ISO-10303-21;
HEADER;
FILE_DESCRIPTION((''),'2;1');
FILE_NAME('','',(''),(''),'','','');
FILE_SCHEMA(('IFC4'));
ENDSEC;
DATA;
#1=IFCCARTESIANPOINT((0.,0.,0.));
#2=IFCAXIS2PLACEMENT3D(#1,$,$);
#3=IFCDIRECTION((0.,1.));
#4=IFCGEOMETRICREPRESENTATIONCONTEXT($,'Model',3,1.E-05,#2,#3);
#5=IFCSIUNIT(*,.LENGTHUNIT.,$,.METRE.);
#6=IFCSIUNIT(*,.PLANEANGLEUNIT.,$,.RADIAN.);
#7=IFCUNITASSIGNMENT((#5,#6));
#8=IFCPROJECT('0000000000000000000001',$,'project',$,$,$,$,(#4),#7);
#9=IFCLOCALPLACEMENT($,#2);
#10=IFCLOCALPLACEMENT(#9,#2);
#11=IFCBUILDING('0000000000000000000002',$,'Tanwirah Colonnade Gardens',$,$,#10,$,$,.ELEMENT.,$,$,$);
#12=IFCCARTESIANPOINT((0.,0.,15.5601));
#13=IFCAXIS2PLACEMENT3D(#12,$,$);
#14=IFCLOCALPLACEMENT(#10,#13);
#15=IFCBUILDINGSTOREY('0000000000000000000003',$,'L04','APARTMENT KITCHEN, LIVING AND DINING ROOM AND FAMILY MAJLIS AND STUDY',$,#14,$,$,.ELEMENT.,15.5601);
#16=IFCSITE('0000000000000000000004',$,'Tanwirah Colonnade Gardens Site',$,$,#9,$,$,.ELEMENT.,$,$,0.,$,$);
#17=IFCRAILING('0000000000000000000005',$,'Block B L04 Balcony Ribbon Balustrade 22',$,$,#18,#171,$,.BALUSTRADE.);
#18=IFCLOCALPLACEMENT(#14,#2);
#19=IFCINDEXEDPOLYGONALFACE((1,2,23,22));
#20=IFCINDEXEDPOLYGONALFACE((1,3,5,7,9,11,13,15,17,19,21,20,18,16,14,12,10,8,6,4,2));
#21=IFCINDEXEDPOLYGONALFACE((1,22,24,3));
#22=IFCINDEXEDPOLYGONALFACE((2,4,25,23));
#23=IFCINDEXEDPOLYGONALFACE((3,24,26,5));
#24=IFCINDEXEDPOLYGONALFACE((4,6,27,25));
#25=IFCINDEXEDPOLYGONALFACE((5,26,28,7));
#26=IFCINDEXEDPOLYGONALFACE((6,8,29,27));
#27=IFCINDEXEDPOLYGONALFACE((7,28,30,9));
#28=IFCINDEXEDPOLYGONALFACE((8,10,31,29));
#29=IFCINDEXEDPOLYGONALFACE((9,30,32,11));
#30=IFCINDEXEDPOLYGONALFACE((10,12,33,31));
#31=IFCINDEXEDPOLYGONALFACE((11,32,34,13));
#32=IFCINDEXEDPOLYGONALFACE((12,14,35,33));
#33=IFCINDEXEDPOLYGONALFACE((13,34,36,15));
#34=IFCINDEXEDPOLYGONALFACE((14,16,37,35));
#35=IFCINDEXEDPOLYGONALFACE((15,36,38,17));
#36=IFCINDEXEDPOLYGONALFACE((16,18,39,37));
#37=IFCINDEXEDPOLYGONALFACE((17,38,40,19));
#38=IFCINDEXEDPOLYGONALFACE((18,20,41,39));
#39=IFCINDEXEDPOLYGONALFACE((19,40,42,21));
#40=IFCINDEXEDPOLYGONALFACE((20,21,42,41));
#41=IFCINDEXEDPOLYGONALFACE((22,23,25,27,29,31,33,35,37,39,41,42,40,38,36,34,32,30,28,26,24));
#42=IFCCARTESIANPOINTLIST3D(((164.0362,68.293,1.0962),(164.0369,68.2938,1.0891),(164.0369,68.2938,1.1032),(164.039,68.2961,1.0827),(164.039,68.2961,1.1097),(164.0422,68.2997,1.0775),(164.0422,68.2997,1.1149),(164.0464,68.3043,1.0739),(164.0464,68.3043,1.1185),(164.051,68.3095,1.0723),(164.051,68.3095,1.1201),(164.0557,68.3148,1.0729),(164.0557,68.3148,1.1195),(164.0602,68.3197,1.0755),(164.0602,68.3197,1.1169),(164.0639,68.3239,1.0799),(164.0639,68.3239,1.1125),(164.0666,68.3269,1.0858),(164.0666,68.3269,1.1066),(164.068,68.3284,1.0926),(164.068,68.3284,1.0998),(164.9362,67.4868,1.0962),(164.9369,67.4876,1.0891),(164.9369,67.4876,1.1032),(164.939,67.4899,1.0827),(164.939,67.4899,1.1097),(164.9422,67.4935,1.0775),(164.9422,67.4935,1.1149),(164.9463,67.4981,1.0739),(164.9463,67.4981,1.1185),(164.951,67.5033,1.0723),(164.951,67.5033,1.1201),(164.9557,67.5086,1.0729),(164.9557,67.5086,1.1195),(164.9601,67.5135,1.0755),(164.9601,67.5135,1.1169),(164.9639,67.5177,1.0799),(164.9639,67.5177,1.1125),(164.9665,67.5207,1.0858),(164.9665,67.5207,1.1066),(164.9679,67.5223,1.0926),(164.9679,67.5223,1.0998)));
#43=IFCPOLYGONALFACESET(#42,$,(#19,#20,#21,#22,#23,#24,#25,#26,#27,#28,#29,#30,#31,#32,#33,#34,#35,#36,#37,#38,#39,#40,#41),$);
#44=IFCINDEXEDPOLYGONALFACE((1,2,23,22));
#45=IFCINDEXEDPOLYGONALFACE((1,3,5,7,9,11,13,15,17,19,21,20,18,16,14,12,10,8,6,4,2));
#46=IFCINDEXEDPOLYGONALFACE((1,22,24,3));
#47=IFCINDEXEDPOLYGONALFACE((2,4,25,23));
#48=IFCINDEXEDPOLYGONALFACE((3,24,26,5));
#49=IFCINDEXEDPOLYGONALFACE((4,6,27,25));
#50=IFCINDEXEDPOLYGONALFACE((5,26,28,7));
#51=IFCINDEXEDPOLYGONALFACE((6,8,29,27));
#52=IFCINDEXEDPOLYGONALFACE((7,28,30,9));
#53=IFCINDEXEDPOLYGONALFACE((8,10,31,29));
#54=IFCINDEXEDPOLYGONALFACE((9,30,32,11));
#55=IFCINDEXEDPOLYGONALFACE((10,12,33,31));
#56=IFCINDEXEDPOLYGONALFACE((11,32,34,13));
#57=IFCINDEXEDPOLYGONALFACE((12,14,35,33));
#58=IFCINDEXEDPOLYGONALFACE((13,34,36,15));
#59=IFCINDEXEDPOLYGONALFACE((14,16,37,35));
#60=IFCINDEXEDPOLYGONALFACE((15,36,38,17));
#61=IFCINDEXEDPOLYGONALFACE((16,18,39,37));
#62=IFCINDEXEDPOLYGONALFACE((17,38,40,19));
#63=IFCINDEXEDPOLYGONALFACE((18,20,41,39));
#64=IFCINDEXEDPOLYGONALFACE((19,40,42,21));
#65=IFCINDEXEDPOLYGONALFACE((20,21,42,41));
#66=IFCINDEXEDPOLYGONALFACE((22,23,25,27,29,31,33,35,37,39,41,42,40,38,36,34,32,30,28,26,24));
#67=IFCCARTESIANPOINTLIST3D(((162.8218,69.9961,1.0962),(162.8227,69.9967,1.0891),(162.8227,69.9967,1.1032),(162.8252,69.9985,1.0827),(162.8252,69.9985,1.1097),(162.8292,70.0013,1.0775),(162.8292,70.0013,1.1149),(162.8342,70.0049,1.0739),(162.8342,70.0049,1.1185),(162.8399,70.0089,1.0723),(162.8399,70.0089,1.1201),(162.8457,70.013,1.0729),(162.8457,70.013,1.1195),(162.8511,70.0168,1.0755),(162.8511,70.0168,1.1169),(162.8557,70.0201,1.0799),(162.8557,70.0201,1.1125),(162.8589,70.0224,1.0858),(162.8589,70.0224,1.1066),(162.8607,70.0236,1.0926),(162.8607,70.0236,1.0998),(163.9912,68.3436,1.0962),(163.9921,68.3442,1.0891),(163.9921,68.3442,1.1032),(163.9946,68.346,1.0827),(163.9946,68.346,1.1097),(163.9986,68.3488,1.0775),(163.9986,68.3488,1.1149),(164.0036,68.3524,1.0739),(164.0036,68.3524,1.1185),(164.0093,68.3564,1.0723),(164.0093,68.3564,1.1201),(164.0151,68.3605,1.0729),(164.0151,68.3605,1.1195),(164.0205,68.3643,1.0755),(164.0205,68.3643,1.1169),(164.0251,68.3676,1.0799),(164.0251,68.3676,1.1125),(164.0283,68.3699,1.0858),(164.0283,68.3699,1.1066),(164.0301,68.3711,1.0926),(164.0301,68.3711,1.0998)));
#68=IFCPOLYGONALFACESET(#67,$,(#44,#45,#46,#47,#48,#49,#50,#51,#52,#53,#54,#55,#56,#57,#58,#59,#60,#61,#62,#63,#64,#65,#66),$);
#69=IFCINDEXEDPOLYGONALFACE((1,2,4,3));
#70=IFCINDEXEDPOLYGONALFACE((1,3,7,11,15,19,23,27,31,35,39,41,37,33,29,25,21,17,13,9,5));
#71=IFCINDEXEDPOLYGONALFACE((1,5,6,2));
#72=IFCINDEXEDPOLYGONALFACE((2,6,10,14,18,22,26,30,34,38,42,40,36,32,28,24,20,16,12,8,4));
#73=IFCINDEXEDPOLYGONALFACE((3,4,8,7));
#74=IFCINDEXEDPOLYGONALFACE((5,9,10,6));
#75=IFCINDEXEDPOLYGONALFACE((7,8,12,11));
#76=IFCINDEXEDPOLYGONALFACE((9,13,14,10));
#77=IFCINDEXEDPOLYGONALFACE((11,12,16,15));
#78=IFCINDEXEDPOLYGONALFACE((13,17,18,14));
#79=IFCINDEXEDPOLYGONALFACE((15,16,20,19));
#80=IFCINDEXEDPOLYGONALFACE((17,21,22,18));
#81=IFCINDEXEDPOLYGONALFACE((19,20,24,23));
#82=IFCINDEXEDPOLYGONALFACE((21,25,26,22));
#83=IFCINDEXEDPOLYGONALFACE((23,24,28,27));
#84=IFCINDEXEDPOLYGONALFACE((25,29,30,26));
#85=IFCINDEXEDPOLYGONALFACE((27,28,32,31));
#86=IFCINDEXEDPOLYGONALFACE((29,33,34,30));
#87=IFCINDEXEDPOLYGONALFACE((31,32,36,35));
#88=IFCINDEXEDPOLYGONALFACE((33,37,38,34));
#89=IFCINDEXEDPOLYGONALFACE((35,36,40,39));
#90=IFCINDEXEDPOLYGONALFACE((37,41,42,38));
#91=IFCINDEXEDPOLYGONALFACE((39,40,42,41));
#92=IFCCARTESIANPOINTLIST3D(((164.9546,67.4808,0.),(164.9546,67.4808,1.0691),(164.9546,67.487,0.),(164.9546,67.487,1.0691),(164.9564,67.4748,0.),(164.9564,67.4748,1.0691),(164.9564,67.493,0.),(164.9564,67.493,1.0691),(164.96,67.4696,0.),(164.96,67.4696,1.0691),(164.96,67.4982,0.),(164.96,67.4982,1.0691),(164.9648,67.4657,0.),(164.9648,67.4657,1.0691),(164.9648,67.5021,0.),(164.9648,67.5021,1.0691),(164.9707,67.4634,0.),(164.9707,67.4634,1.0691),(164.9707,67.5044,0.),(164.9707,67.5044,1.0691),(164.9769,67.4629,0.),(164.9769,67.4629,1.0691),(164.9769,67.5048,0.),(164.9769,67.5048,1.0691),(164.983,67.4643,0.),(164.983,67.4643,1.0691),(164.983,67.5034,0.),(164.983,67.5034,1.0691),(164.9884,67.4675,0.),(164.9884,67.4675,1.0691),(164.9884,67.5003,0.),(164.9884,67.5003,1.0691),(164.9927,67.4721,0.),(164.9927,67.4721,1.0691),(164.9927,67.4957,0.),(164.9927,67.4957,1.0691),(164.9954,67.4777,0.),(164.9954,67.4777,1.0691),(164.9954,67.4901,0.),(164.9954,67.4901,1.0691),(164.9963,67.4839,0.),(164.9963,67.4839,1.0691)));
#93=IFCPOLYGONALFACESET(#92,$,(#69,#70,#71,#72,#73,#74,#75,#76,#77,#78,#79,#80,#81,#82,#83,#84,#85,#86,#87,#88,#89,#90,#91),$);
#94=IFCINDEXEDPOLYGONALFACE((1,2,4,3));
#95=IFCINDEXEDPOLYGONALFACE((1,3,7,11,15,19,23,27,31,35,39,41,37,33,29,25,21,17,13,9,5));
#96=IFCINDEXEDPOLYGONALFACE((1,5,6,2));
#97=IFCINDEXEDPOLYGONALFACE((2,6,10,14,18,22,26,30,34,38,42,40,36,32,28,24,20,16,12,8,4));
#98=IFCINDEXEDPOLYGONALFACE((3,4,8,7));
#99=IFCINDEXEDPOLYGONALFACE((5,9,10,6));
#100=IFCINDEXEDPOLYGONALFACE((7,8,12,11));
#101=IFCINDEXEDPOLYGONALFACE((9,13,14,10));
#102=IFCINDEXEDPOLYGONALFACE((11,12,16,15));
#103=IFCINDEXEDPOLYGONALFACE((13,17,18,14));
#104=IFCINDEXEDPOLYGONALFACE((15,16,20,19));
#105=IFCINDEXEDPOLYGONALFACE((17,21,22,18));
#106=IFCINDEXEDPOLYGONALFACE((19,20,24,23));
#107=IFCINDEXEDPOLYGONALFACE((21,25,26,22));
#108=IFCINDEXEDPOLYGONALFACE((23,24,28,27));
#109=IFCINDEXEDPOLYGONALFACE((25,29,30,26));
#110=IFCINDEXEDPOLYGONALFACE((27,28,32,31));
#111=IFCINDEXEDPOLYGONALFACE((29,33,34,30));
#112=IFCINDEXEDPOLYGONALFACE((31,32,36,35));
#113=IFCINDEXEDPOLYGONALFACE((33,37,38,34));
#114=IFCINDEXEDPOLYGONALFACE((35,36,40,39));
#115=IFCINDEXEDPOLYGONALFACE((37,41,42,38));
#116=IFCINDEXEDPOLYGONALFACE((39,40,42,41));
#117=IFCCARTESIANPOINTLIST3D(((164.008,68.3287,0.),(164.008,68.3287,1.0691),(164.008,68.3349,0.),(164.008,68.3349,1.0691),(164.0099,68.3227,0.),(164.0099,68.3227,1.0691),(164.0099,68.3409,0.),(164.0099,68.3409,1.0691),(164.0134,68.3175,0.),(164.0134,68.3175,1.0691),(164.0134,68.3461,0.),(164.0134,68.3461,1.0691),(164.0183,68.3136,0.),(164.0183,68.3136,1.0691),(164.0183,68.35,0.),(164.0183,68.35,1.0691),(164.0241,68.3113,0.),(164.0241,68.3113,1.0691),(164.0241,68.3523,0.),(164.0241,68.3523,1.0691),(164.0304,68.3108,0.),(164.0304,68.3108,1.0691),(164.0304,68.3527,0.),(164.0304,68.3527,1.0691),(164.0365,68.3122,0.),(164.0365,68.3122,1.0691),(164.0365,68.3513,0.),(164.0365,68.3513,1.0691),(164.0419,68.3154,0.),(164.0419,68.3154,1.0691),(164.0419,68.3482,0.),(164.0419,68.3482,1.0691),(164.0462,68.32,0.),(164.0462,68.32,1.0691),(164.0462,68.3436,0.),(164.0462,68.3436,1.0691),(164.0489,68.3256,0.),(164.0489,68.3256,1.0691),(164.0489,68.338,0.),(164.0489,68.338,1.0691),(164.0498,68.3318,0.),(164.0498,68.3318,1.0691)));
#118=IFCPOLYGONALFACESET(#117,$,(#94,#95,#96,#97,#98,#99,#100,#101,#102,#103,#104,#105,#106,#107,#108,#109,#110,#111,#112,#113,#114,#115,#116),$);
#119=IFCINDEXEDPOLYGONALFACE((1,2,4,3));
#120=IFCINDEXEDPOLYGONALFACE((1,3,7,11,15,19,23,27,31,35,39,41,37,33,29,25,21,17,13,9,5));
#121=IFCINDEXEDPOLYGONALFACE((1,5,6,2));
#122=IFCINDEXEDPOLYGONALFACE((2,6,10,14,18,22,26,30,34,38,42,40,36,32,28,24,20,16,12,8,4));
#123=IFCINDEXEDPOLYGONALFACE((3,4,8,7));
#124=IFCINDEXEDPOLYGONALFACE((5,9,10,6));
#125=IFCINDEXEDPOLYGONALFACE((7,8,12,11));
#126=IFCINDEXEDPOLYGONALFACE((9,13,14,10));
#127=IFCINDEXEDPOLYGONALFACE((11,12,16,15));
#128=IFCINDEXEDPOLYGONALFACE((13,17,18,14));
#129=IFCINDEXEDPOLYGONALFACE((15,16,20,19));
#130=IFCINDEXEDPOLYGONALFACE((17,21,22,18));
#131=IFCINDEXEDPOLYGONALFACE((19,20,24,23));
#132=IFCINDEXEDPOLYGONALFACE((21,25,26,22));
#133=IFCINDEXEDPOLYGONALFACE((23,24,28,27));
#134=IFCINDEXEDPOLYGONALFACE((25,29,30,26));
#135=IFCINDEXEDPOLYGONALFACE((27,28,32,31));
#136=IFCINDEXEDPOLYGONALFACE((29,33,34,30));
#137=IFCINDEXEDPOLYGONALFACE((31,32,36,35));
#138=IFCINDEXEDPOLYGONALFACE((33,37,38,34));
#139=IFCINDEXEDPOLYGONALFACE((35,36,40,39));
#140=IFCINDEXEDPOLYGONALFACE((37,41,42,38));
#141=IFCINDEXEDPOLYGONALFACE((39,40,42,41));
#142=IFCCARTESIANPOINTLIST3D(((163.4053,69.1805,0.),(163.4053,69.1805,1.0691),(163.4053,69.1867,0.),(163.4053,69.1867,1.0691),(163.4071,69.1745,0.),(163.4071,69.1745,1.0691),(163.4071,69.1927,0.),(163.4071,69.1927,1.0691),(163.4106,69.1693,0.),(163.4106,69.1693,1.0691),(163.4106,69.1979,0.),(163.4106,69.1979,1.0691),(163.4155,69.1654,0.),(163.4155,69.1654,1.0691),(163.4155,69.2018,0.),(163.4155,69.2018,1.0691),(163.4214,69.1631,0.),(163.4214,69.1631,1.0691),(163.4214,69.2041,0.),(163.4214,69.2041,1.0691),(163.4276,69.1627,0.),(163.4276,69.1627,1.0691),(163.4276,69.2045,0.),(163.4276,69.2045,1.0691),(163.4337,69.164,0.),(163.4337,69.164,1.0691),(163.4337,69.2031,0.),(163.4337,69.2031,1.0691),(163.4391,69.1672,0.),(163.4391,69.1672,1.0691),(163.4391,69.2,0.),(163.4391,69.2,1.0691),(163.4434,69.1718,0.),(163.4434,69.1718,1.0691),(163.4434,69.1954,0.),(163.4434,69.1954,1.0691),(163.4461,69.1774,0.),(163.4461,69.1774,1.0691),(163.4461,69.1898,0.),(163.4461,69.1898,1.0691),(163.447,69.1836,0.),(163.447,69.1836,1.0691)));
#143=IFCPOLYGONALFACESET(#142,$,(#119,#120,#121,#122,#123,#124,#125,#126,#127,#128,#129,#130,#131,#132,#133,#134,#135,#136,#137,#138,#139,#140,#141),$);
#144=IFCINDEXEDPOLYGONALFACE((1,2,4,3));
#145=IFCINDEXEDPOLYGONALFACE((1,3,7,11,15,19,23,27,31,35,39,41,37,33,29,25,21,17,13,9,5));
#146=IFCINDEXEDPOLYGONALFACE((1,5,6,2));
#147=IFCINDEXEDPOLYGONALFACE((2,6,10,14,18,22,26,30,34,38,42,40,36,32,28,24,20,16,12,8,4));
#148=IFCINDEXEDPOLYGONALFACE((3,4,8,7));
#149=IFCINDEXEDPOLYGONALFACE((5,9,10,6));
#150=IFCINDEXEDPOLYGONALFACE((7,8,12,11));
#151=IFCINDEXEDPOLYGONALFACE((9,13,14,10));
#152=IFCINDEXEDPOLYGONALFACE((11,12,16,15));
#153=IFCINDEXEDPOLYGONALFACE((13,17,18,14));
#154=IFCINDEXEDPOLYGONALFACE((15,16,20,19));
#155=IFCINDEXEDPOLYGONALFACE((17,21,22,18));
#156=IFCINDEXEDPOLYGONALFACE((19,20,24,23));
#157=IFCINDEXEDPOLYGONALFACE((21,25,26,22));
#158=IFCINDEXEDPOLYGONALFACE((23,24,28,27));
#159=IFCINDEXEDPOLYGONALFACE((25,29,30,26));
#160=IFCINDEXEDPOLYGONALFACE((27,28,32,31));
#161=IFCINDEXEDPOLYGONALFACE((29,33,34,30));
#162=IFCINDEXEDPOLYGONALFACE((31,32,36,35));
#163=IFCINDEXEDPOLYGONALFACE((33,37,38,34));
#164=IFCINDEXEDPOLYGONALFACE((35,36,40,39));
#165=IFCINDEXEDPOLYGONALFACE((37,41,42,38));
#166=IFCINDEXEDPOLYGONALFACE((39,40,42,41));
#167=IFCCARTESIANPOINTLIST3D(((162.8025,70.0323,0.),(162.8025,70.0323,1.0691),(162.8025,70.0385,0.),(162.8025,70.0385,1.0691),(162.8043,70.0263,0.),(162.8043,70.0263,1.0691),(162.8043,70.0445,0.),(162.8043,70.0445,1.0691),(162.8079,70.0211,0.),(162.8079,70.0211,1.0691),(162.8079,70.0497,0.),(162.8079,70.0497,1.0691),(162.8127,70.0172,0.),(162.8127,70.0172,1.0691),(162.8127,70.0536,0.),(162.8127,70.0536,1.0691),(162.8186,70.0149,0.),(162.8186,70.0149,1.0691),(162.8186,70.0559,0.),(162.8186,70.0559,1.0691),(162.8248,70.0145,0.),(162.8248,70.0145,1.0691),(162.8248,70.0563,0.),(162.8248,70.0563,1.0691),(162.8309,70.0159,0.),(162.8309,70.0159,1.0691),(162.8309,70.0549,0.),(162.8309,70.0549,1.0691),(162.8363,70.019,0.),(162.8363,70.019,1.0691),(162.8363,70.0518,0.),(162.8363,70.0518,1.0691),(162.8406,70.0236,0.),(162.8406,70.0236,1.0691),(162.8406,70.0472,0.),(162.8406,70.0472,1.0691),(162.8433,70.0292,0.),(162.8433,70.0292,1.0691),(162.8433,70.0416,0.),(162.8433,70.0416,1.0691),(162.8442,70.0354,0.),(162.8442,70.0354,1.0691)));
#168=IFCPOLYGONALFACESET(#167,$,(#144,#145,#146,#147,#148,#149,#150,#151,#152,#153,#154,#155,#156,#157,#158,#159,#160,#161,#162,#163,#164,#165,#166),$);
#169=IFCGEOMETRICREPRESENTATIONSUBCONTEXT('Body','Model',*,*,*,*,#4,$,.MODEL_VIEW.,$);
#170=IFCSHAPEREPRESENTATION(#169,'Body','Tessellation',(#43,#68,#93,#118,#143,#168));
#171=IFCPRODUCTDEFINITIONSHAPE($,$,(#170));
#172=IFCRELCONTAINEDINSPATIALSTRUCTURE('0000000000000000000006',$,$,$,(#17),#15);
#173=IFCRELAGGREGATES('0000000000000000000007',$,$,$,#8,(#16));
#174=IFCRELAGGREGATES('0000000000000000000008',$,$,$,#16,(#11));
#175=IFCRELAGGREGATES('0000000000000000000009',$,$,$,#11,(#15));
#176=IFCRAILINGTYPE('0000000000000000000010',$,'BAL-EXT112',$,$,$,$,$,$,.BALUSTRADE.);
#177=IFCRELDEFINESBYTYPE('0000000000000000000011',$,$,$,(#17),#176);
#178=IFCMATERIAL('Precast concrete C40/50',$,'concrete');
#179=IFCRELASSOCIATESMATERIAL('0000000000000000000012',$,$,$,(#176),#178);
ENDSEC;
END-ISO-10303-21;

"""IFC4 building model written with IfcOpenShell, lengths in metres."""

from ifc_helpers import new_model, si_unit, direction, frame, origin, origin_2d, place, context, subcontext, project, spatial, circle, extrude, material, type_object, element, save


model = new_model("IFC4")

# Units and contexts
model_context = context("Model", 3, precision=1e-05, world=origin(), true_north=direction((0.0, 1.0)))
body_context = subcontext(model_context, "Body", "Model", "MODEL_VIEW")
ifc_project = project(units=[si_unit("LENGTHUNIT", "METRE"), si_unit("PLANEANGLEUNIT", "RADIAN")], contexts=[model_context])

# Site, building, storey
site_placement = place(None, origin())
site = spatial("IfcSite", under=ifc_project, at=site_placement, Name="Tanwirah Colonnade Gardens Site", CompositionType="ELEMENT", RefElevation=0.0)
building_placement = place(site_placement, origin())
building = spatial("IfcBuilding", under=site, at=building_placement, Name="Tanwirah Colonnade Gardens", CompositionType="ELEMENT")
storey_placement = place(building_placement, frame((0.0, 0.0, 15.5601)))
storey = spatial("IfcBuildingStorey", under=building, at=storey_placement, Name="L04", Description="APARTMENT KITCHEN, LIVING AND DINING ROOM AND FAMILY MAJLIS AND STUDY", CompositionType="ELEMENT", Elevation=15.5601)

# Shared definitions
ifc_material_1 = material(Name="Precast concrete C40/50", Category="concrete")

# Railing
railing_type_1 = type_object("IfcRailingType", Name="BAL-EXT112", PredefinedType="BALUSTRADE", material=ifc_material_1)
railing_1_placement = place(storey_placement, frame((164.9753, 67.4839, 0.0)))
element("IfcRailing", 1, at=railing_1_placement, inside=storey, type_object=railing_type_1, Name="Block B L04 Balcony Ribbon Balustrade 22", PredefinedType="BALUSTRADE", context=body_context, shape_type="SweptSolid", body=[
    extrude(circle(Radius=0.0239, at=origin_2d()), frame((-0.0232, 0.0208, 1.0962), z_axis=(-0.744849, 0.667233, 0.0), x_axis=(-0.667233, -0.744849, 0.0)), (0.0, 0.0, 1.0), 1.2083),
    extrude(circle(Radius=0.0239, at=origin_2d()), frame((-0.9646, 0.8735, 1.0962), z_axis=(-0.577647, 0.816286, 0.0), x_axis=(-0.816286, -0.577647, 0.0)), (0.0, 0.0, 1.0), 2.0244),
    extrude(circle(Radius=0.021, at=origin_2d()), origin(), (0.0, 0.0, 1.0), 1.0691),
    extrude(circle(Radius=0.021, at=origin_2d()), frame((-0.9465, 0.8479, 0.0)), (0.0, 0.0, 1.0), 1.0691),
    extrude(circle(Radius=0.021, at=origin_2d()), frame((-1.5493, 1.6997, 0.0)), (0.0, 0.0, 1.0), 1.0691),
    extrude(circle(Radius=0.021, at=origin_2d()), frame((-2.1521, 2.5515, 0.0)), (0.0, 0.0, 1.0), 1.0691),
])

save(model, "model.ifc")
